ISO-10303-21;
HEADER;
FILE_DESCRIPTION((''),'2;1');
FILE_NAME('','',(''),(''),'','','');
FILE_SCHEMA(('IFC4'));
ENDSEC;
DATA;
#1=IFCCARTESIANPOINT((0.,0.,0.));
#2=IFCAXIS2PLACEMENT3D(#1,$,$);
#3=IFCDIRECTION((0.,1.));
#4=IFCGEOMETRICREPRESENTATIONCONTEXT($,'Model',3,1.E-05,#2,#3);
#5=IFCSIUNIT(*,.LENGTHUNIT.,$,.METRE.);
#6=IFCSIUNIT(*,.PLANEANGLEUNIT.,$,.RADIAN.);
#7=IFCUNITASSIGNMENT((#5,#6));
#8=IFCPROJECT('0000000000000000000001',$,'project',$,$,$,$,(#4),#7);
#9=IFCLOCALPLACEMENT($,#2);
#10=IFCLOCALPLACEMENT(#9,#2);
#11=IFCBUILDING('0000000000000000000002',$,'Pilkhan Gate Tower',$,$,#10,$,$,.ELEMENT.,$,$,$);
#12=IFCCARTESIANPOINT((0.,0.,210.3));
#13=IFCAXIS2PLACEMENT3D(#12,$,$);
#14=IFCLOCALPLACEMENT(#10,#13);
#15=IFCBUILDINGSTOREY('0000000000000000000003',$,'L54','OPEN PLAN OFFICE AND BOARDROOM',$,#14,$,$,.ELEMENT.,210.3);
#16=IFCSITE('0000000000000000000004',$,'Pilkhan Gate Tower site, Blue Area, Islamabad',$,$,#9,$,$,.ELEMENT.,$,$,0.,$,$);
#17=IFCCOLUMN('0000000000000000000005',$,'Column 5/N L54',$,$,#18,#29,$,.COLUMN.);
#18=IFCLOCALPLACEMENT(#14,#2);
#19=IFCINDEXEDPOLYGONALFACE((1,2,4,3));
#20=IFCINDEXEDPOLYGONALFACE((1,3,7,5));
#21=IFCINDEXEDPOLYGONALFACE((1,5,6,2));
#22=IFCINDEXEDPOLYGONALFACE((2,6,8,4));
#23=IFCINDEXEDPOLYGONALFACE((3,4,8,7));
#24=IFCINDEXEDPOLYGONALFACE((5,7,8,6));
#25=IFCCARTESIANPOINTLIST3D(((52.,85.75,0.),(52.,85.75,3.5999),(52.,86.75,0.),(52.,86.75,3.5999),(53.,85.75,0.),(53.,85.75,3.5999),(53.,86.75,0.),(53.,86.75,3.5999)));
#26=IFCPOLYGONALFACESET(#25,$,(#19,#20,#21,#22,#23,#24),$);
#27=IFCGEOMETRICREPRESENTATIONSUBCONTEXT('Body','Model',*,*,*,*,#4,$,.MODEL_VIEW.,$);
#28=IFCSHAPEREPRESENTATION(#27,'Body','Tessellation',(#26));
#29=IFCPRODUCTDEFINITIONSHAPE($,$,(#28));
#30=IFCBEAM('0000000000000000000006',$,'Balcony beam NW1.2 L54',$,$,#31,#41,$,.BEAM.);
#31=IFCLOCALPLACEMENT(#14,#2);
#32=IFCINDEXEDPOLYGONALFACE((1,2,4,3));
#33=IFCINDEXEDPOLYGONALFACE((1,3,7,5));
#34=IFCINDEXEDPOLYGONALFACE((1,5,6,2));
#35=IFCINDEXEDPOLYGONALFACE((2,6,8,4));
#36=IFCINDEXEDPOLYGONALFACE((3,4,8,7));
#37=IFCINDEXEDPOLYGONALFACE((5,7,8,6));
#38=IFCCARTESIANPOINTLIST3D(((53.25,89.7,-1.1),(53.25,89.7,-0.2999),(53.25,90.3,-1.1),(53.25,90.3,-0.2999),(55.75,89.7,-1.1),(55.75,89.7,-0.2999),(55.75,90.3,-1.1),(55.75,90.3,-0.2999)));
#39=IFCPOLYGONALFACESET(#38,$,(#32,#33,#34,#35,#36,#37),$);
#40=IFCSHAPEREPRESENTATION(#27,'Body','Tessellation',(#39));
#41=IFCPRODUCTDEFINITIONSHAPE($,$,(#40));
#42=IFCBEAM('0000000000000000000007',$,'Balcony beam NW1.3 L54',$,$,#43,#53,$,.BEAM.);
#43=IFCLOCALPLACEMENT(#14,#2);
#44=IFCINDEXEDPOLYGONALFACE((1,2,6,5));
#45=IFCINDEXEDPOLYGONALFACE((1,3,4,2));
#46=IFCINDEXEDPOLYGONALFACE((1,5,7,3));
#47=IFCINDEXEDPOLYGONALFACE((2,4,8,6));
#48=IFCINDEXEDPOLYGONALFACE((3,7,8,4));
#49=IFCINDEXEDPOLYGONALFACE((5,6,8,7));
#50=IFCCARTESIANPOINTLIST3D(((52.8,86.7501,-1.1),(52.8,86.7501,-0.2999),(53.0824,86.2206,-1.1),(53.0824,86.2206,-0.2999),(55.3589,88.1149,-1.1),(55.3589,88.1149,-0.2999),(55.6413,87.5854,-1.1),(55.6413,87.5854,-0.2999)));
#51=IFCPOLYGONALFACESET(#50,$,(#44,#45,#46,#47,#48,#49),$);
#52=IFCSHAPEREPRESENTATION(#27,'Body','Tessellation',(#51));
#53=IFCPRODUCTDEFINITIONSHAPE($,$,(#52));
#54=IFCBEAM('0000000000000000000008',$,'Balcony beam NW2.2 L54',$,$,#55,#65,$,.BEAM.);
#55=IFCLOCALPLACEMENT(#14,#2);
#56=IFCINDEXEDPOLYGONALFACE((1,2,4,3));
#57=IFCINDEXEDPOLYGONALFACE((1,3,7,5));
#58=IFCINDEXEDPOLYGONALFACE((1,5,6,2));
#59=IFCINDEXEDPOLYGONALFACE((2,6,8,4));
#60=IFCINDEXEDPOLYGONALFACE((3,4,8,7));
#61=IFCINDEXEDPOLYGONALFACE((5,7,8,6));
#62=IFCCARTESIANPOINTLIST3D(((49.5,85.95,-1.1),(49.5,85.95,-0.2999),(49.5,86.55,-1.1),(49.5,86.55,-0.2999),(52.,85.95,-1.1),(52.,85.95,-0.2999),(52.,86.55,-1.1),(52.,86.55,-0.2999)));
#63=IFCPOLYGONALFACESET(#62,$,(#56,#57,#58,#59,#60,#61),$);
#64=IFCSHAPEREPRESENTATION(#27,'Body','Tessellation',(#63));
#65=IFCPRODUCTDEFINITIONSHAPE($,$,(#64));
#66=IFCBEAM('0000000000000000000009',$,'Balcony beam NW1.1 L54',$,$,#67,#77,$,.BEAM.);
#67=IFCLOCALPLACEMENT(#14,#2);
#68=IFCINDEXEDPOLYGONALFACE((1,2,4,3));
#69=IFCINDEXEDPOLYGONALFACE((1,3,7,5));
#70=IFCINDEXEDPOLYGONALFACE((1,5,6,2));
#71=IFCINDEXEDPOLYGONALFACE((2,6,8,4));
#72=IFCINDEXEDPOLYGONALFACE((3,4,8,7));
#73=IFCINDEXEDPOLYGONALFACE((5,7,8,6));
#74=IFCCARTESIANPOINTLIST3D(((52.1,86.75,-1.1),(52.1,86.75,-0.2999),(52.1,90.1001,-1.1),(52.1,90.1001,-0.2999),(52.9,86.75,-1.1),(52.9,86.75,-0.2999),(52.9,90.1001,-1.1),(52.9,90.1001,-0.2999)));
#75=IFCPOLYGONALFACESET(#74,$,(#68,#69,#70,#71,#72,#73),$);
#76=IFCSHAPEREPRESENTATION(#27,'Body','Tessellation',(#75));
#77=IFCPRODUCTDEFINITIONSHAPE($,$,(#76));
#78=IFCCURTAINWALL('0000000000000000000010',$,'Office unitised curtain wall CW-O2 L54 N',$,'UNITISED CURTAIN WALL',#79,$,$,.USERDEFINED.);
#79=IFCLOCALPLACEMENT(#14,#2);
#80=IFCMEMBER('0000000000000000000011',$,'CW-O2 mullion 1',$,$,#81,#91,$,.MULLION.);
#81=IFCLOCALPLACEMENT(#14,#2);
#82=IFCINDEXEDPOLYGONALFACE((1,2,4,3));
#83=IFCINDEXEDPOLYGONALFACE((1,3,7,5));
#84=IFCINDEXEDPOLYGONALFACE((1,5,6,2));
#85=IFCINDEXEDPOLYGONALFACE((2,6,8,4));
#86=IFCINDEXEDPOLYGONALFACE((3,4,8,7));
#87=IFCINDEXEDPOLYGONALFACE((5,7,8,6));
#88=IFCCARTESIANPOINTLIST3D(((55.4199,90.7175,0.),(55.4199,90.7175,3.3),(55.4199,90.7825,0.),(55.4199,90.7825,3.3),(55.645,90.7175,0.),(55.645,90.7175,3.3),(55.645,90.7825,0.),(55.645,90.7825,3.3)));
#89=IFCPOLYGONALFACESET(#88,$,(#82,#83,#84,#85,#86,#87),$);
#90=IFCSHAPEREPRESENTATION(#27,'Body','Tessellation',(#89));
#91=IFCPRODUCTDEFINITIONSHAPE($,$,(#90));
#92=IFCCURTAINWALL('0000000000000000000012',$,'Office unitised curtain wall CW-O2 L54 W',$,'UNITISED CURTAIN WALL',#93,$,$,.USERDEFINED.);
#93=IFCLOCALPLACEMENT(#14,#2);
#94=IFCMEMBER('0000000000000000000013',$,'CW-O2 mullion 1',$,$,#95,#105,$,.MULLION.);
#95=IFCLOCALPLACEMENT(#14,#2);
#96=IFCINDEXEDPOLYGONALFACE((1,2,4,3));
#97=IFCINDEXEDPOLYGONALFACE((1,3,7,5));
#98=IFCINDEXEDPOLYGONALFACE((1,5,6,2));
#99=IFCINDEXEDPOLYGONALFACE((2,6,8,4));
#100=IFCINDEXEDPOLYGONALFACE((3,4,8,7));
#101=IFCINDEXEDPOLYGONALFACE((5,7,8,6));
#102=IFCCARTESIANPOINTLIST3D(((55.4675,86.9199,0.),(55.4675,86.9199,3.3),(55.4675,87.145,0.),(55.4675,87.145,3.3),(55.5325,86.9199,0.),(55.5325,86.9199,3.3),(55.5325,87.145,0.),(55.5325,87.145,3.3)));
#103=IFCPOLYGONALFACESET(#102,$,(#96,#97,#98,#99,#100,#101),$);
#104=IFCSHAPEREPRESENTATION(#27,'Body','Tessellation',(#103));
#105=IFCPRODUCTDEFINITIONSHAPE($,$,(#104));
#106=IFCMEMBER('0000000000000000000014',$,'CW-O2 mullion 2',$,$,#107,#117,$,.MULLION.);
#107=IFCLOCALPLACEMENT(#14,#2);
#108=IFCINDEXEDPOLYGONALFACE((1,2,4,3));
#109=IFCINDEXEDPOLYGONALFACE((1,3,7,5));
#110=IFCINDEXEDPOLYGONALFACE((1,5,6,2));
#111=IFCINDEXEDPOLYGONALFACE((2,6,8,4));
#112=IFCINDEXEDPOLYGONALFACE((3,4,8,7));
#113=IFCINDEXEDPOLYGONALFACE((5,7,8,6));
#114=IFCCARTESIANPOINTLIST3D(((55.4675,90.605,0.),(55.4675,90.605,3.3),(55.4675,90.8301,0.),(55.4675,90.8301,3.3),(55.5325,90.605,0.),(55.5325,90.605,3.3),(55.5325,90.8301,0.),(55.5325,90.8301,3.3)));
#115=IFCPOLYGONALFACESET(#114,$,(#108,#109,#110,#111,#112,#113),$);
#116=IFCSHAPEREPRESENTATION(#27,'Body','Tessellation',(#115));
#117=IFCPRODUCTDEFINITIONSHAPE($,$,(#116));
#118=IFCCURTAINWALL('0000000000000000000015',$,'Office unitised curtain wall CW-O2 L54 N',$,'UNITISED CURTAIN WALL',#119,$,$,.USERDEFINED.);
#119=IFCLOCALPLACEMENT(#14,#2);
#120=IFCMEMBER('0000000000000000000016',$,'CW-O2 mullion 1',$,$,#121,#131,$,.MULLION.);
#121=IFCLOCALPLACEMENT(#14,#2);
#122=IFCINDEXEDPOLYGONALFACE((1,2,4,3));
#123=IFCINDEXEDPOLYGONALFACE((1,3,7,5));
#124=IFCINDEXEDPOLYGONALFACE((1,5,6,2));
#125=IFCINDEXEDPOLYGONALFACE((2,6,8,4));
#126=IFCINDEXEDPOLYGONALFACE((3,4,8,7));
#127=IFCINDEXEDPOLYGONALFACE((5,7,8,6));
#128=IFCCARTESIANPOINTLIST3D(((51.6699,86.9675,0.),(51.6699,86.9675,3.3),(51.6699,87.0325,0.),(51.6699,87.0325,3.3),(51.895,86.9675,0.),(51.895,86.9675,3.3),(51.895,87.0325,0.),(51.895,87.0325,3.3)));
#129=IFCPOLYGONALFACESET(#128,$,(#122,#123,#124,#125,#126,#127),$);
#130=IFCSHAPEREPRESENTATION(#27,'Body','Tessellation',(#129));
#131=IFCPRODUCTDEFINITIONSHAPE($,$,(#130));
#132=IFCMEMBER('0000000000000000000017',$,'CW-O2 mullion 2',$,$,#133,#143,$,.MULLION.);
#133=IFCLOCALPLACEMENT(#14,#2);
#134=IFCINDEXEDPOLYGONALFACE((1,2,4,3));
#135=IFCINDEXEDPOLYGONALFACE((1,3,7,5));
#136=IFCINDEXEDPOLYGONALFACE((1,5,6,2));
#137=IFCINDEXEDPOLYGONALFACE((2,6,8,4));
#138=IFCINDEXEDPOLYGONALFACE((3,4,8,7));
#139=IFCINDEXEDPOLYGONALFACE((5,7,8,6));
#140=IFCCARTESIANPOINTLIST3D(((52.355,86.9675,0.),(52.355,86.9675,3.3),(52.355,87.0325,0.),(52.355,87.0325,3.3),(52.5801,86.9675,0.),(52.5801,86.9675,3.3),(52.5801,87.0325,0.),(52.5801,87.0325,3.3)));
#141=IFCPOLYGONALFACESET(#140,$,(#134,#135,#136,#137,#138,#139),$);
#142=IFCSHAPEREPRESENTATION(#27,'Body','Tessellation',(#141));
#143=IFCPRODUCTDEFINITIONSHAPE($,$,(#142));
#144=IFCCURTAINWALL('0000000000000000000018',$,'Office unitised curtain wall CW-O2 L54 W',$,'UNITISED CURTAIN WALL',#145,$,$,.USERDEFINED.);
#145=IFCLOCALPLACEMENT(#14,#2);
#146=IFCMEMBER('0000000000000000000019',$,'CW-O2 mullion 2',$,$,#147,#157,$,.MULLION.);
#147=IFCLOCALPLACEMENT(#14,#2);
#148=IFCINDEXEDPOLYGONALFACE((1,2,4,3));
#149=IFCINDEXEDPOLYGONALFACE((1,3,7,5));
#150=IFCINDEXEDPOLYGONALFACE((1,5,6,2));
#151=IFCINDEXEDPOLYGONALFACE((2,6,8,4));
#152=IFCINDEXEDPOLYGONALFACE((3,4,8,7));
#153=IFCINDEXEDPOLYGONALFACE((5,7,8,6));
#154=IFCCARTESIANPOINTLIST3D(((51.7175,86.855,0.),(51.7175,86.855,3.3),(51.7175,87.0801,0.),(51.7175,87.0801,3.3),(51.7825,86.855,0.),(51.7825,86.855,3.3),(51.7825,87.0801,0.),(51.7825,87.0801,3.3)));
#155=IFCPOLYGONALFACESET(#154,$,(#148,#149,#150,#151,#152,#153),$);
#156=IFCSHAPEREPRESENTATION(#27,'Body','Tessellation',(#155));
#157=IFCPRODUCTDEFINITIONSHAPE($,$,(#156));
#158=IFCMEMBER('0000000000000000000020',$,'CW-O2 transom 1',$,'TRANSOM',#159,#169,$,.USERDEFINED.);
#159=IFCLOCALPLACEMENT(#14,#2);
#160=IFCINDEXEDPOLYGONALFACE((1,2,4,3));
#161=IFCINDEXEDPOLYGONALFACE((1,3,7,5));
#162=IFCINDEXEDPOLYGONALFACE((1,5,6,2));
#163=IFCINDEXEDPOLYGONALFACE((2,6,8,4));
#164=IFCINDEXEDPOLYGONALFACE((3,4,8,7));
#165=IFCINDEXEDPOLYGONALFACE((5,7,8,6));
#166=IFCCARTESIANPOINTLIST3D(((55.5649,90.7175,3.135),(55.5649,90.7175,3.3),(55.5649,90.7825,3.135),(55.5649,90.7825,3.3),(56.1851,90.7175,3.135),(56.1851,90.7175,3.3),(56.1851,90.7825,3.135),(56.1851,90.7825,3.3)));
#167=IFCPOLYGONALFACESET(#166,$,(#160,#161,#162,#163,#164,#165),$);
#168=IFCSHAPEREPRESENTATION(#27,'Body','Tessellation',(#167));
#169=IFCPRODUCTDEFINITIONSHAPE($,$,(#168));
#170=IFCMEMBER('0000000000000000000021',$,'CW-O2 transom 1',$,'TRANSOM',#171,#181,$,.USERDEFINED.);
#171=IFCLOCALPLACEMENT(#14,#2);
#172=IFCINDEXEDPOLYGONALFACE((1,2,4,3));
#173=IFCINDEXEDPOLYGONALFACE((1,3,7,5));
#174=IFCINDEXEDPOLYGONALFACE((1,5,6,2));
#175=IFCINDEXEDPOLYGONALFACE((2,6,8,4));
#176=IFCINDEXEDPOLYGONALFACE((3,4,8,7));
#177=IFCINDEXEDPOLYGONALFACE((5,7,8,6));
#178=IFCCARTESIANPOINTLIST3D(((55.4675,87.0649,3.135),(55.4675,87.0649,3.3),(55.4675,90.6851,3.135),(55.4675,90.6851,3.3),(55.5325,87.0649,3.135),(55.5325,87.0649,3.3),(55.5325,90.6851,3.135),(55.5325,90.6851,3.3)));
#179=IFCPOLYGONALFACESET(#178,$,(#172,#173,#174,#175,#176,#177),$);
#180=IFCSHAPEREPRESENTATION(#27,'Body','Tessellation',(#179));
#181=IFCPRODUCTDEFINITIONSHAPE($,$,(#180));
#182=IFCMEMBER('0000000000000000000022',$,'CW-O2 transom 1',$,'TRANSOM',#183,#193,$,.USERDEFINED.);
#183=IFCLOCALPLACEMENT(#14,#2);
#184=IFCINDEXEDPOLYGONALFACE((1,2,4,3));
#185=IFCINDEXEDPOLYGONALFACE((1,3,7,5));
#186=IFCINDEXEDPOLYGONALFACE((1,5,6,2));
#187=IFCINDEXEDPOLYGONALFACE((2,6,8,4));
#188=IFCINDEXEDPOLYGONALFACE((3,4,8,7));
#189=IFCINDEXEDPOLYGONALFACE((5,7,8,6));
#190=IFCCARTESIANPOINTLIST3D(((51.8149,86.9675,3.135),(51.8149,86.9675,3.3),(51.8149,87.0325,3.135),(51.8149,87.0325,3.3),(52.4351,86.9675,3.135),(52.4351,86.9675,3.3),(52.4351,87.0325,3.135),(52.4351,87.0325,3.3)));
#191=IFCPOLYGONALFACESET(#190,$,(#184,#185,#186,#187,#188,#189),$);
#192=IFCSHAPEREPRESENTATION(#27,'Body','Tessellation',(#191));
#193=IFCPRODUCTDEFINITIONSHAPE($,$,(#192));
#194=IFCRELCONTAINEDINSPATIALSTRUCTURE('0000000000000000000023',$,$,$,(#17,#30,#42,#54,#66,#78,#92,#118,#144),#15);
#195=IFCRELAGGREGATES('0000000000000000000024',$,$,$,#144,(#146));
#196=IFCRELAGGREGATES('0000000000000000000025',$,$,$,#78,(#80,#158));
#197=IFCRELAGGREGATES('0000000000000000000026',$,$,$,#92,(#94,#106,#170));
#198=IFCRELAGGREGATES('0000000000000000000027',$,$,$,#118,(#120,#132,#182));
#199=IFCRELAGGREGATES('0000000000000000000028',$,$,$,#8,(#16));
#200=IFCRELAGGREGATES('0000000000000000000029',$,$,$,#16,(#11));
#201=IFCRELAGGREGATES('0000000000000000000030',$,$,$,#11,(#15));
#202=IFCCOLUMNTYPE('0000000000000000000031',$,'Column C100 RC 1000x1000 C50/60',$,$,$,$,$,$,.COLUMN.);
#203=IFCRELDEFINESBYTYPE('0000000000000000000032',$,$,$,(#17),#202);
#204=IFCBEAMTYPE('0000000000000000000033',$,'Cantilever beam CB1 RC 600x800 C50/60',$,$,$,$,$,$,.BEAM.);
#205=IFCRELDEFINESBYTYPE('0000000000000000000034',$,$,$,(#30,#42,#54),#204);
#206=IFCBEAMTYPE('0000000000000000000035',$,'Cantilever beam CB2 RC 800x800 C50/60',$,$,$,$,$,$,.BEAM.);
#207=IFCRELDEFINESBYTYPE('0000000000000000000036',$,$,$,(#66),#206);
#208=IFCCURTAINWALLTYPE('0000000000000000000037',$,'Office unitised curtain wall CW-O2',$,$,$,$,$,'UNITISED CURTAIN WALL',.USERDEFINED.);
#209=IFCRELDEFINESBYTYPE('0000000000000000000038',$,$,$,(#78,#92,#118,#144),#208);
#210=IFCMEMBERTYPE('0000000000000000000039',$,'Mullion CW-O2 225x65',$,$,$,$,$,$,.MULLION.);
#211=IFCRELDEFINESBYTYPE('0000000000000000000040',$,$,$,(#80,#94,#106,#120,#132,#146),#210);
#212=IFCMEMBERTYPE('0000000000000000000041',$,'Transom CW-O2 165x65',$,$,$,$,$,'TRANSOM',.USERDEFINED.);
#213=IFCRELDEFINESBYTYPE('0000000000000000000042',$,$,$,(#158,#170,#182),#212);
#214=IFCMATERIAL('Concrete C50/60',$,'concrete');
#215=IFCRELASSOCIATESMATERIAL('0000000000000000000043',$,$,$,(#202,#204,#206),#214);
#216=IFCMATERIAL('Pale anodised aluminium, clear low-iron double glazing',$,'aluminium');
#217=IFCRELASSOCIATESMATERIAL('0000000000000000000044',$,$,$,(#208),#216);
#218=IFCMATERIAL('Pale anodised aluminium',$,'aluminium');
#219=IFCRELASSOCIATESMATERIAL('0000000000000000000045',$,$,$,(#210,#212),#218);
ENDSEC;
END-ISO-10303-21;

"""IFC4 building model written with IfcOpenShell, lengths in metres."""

from ifc_helpers import new_model, si_unit, direction, frame, origin, origin_2d, place, context, subcontext, project, spatial, rectangle, extrude, material, material_profile, profile_set, type_object, element, aggregate, save


model = new_model("IFC4")

# Units and contexts
model_context = context("Model", 3, precision=1e-05, world=origin(), true_north=direction((0.0, 1.0)))
body_context = subcontext(model_context, "Body", "Model", "MODEL_VIEW")
ifc_project = project(units=[si_unit("LENGTHUNIT", "METRE"), si_unit("PLANEANGLEUNIT", "RADIAN")], contexts=[model_context])

# Site, building, storey
site_placement = place(None, origin())
site = spatial("IfcSite", under=ifc_project, at=site_placement, Name="Pilkhan Gate Tower site, Blue Area, Islamabad", CompositionType="ELEMENT", RefElevation=0.0)
building_placement = place(site_placement, origin())
building = spatial("IfcBuilding", under=site, at=building_placement, Name="Pilkhan Gate Tower", CompositionType="ELEMENT")
storey_placement = place(building_placement, frame((0.0, 0.0, 210.3)))
storey = spatial("IfcBuildingStorey", under=building, at=storey_placement, Name="L54", Description="OPEN PLAN OFFICE AND BOARDROOM", CompositionType="ELEMENT", Elevation=210.3)

# Column
ifc_material_1 = material(Name="Concrete C50/60", Category="concrete")
ifc_material_profile_1 = material_profile(ifc_material_1, rectangle(XDim=1.0, YDim=1.0, at=origin_2d()), Name="RC 1000x1000")
ifc_profile_set_1 = profile_set([ifc_material_profile_1], Name="Concrete C50/60")
column_type = type_object("IfcColumnType", Name="Column C100 RC 1000x1000 C50/60", PredefinedType="COLUMN", material=ifc_profile_set_1)
column_placement = place(storey_placement, frame((52.5, 86.25, 0.0), z_axis=(0.0, 0.0, 1.0), x_axis=(1.0, 0.0, 0.0)))
element("IfcColumn", 1, at=column_placement, inside=storey, type_object=column_type, Name="Column 5/N L54", PredefinedType="COLUMN", context=body_context, shape_type="SweptSolid", body=[
    extrude(rectangle(XDim=1.0, YDim=1.0, at=origin_2d()), origin(), (0.0, 0.0, 1.0), 3.5999),
])

# Beams
ifc_material_profile_2 = material_profile(ifc_material_1, rectangle(XDim=0.6001, YDim=0.8, at=origin_2d()), Name="RC 600x800")
ifc_profile_set_2 = profile_set([ifc_material_profile_2], Name="Concrete C50/60")
beam_type_1 = type_object("IfcBeamType", Name="Cantilever beam CB1 RC 600x800 C50/60", PredefinedType="BEAM", material=ifc_profile_set_2)
beam_1_placement = place(storey_placement, frame((55.75, 90.0, -0.7), z_axis=(-1.0, 0.0, 0.0), x_axis=(0.0, -1.0, 0.0)))
element("IfcBeam", 2, at=beam_1_placement, inside=storey, type_object=beam_type_1, Name="Balcony beam NW1.2 L54", PredefinedType="BEAM", context=body_context, shape_type="SweptSolid", body=[
    extrude(rectangle(XDim=0.6001, YDim=0.8, at=origin_2d()), origin(), (0.0, 0.0, 1.0), 2.5),
])
beam_2_placement = place(storey_placement, frame((52.9412, 86.4854, -0.7), z_axis=(0.882348, 0.470597, 0.0), x_axis=(-0.470597, 0.882348, 0.0)))
element("IfcBeam", 3, at=beam_2_placement, inside=storey, type_object=beam_type_1, Name="Balcony beam NW1.3 L54", PredefinedType="BEAM", context=body_context, shape_type="SweptSolid", body=[
    extrude(rectangle(XDim=0.6001, YDim=0.8, at=origin_2d()), origin(), (0.0, 0.0, 1.0), 2.9001),
])
beam_3_placement = place(storey_placement, frame((52.0, 86.25, -0.7), z_axis=(-1.0, 0.0, 0.0), x_axis=(0.0, -1.0, 0.0)))
element("IfcBeam", 4, at=beam_3_placement, inside=storey, type_object=beam_type_1, Name="Balcony beam NW2.2 L54", PredefinedType="BEAM", context=body_context, shape_type="SweptSolid", body=[
    extrude(rectangle(XDim=0.6001, YDim=0.8, at=origin_2d()), origin(), (0.0, 0.0, 1.0), 2.5),
])
ifc_material_profile_3 = material_profile(ifc_material_1, rectangle(XDim=0.8, YDim=0.8, at=origin_2d()), Name="RC 800x800")
ifc_profile_set_3 = profile_set([ifc_material_profile_3], Name="Concrete C50/60")
beam_type_2 = type_object("IfcBeamType", Name="Cantilever beam CB2 RC 800x800 C50/60", PredefinedType="BEAM", material=ifc_profile_set_3)
beam_4_placement = place(storey_placement, frame((52.5, 86.75, -0.7), z_axis=(0.0, 1.0, 0.0), x_axis=(-1.0, 0.0, 0.0)))
element("IfcBeam", 5, at=beam_4_placement, inside=storey, type_object=beam_type_2, Name="Balcony beam NW1.1 L54", PredefinedType="BEAM", context=body_context, shape_type="SweptSolid", body=[
    extrude(rectangle(XDim=0.8, YDim=0.8, at=origin_2d()), origin(), (0.0, 0.0, 1.0), 3.3501),
])

# Curtain wall, member
ifc_material_2 = material(Name="Pale anodised aluminium, clear low-iron double glazing", Category="aluminium")
curtain_wall_type = type_object("IfcCurtainWallType", Name="Office unitised curtain wall CW-O2", ElementType="UNITISED CURTAIN WALL", PredefinedType="USERDEFINED", material=ifc_material_2)
curtain_wall_1_placement = place(storey_placement, origin())
curtain_wall_1 = element("IfcCurtainWall", 6, at=curtain_wall_1_placement, inside=storey, type_object=curtain_wall_type, Name="Office unitised curtain wall CW-O2 L54 N", ObjectType="UNITISED CURTAIN WALL", PredefinedType="USERDEFINED")
ifc_material_3 = material(Name="Pale anodised aluminium", Category="aluminium")
ifc_material_profile_4 = material_profile(ifc_material_3, rectangle(XDim=0.0649, YDim=0.2251, at=origin_2d()), Name="Mullion 225x65")
ifc_profile_set_4 = profile_set([ifc_material_profile_4], Name="Pale anodised aluminium")
member_type_1 = type_object("IfcMemberType", Name="Mullion CW-O2 225x65", PredefinedType="MULLION", material=ifc_profile_set_4)
member_1_placement = place(storey_placement, frame((55.5325, 90.75, 0.0), z_axis=(0.0, 0.0, 1.0), x_axis=(0.0, 1.0, 0.0)))
member_1 = element("IfcMember", 7, at=member_1_placement, type_object=member_type_1, Name="CW-O2 mullion 1", PredefinedType="MULLION", context=body_context, shape_type="SweptSolid", body=[
    extrude(rectangle(XDim=0.0649, YDim=0.2251, at=origin_2d()), origin(), (0.0, 0.0, 1.0), 3.3),
])

# Curtain walls, members
curtain_wall_2_placement = place(storey_placement, origin())
curtain_wall_2 = element("IfcCurtainWall", 8, at=curtain_wall_2_placement, inside=storey, type_object=curtain_wall_type, Name="Office unitised curtain wall CW-O2 L54 W", ObjectType="UNITISED CURTAIN WALL", PredefinedType="USERDEFINED")
member_2_placement = place(storey_placement, frame((55.5, 87.0325, 0.0), z_axis=(0.0, 0.0, 1.0), x_axis=(-1.0, 0.0, 0.0)))
member_2 = element("IfcMember", 9, at=member_2_placement, type_object=member_type_1, Name="CW-O2 mullion 1", PredefinedType="MULLION", context=body_context, shape_type="SweptSolid", body=[
    extrude(rectangle(XDim=0.0649, YDim=0.2251, at=origin_2d()), origin(), (0.0, 0.0, 1.0), 3.3),
])
member_3_placement = place(storey_placement, frame((55.5, 90.7175, 0.0), z_axis=(0.0, 0.0, 1.0), x_axis=(-1.0, 0.0, 0.0)))
member_3 = element("IfcMember", 10, at=member_3_placement, type_object=member_type_1, Name="CW-O2 mullion 2", PredefinedType="MULLION", context=body_context, shape_type="SweptSolid", body=[
    extrude(rectangle(XDim=0.0649, YDim=0.2251, at=origin_2d()), origin(), (0.0, 0.0, 1.0), 3.3),
])
curtain_wall_3_placement = place(storey_placement, origin())
curtain_wall_3 = element("IfcCurtainWall", 11, at=curtain_wall_3_placement, inside=storey, type_object=curtain_wall_type, Name="Office unitised curtain wall CW-O2 L54 N", ObjectType="UNITISED CURTAIN WALL", PredefinedType="USERDEFINED")
member_4_placement = place(storey_placement, frame((51.7825, 87.0, 0.0), z_axis=(0.0, 0.0, 1.0), x_axis=(0.0, 1.0, 0.0)))
member_4 = element("IfcMember", 12, at=member_4_placement, type_object=member_type_1, Name="CW-O2 mullion 1", PredefinedType="MULLION", context=body_context, shape_type="SweptSolid", body=[
    extrude(rectangle(XDim=0.0649, YDim=0.2251, at=origin_2d()), origin(), (0.0, 0.0, 1.0), 3.3),
])
member_5_placement = place(storey_placement, frame((52.4675, 87.0, 0.0), z_axis=(0.0, 0.0, 1.0), x_axis=(0.0, 1.0, 0.0)))
member_5 = element("IfcMember", 13, at=member_5_placement, type_object=member_type_1, Name="CW-O2 mullion 2", PredefinedType="MULLION", context=body_context, shape_type="SweptSolid", body=[
    extrude(rectangle(XDim=0.0649, YDim=0.2251, at=origin_2d()), origin(), (0.0, 0.0, 1.0), 3.3),
])

# Curtain wall, member
curtain_wall_4_placement = place(storey_placement, origin())
curtain_wall_4 = element("IfcCurtainWall", 14, at=curtain_wall_4_placement, inside=storey, type_object=curtain_wall_type, Name="Office unitised curtain wall CW-O2 L54 W", ObjectType="UNITISED CURTAIN WALL", PredefinedType="USERDEFINED")
member_6_placement = place(storey_placement, frame((51.75, 86.9675, 0.0), z_axis=(0.0, 0.0, 1.0), x_axis=(-1.0, 0.0, 0.0)))
member_6 = element("IfcMember", 15, at=member_6_placement, type_object=member_type_1, Name="CW-O2 mullion 2", PredefinedType="MULLION", context=body_context, shape_type="SweptSolid", body=[
    extrude(rectangle(XDim=0.0649, YDim=0.2251, at=origin_2d()), origin(), (0.0, 0.0, 1.0), 3.3),
])
aggregate(curtain_wall_4, [member_6])

# Members
ifc_material_profile_5 = material_profile(ifc_material_3, rectangle(XDim=0.0649, YDim=0.165, at=origin_2d()), Name="Transom 165x65")
ifc_profile_set_5 = profile_set([ifc_material_profile_5], Name="Pale anodised aluminium")
member_type_2 = type_object("IfcMemberType", Name="Transom CW-O2 165x65", ElementType="TRANSOM", PredefinedType="USERDEFINED", material=ifc_profile_set_5)
member_7_placement = place(storey_placement, frame((55.5649, 90.75, 3.2175), z_axis=(1.0, 0.0, 0.0), x_axis=(0.0, 1.0, 0.0)))
member_7 = element("IfcMember", 16, at=member_7_placement, type_object=member_type_2, Name="CW-O2 transom 1", ObjectType="TRANSOM", PredefinedType="USERDEFINED", context=body_context, shape_type="SweptSolid", body=[
    extrude(rectangle(XDim=0.0649, YDim=0.165, at=origin_2d()), origin(), (0.0, 0.0, 1.0), 0.6201),
])
member_8_placement = place(storey_placement, frame((55.5, 87.0649, 3.2175), z_axis=(0.0, 1.0, 0.0), x_axis=(-1.0, 0.0, 0.0)))
member_8 = element("IfcMember", 17, at=member_8_placement, type_object=member_type_2, Name="CW-O2 transom 1", ObjectType="TRANSOM", PredefinedType="USERDEFINED", context=body_context, shape_type="SweptSolid", body=[
    extrude(rectangle(XDim=0.0649, YDim=0.165, at=origin_2d()), origin(), (0.0, 0.0, 1.0), 3.6201),
])
member_9_placement = place(storey_placement, frame((51.8149, 87.0, 3.2175), z_axis=(1.0, 0.0, 0.0), x_axis=(0.0, 1.0, 0.0)))
member_9 = element("IfcMember", 18, at=member_9_placement, type_object=member_type_2, Name="CW-O2 transom 1", ObjectType="TRANSOM", PredefinedType="USERDEFINED", context=body_context, shape_type="SweptSolid", body=[
    extrude(rectangle(XDim=0.0649, YDim=0.165, at=origin_2d()), origin(), (0.0, 0.0, 1.0), 0.6201),
])

aggregate(curtain_wall_1, [member_1, member_7])
aggregate(curtain_wall_2, [member_2, member_3, member_8])
aggregate(curtain_wall_3, [member_4, member_5, member_9])

save(model, "model.ifc")
